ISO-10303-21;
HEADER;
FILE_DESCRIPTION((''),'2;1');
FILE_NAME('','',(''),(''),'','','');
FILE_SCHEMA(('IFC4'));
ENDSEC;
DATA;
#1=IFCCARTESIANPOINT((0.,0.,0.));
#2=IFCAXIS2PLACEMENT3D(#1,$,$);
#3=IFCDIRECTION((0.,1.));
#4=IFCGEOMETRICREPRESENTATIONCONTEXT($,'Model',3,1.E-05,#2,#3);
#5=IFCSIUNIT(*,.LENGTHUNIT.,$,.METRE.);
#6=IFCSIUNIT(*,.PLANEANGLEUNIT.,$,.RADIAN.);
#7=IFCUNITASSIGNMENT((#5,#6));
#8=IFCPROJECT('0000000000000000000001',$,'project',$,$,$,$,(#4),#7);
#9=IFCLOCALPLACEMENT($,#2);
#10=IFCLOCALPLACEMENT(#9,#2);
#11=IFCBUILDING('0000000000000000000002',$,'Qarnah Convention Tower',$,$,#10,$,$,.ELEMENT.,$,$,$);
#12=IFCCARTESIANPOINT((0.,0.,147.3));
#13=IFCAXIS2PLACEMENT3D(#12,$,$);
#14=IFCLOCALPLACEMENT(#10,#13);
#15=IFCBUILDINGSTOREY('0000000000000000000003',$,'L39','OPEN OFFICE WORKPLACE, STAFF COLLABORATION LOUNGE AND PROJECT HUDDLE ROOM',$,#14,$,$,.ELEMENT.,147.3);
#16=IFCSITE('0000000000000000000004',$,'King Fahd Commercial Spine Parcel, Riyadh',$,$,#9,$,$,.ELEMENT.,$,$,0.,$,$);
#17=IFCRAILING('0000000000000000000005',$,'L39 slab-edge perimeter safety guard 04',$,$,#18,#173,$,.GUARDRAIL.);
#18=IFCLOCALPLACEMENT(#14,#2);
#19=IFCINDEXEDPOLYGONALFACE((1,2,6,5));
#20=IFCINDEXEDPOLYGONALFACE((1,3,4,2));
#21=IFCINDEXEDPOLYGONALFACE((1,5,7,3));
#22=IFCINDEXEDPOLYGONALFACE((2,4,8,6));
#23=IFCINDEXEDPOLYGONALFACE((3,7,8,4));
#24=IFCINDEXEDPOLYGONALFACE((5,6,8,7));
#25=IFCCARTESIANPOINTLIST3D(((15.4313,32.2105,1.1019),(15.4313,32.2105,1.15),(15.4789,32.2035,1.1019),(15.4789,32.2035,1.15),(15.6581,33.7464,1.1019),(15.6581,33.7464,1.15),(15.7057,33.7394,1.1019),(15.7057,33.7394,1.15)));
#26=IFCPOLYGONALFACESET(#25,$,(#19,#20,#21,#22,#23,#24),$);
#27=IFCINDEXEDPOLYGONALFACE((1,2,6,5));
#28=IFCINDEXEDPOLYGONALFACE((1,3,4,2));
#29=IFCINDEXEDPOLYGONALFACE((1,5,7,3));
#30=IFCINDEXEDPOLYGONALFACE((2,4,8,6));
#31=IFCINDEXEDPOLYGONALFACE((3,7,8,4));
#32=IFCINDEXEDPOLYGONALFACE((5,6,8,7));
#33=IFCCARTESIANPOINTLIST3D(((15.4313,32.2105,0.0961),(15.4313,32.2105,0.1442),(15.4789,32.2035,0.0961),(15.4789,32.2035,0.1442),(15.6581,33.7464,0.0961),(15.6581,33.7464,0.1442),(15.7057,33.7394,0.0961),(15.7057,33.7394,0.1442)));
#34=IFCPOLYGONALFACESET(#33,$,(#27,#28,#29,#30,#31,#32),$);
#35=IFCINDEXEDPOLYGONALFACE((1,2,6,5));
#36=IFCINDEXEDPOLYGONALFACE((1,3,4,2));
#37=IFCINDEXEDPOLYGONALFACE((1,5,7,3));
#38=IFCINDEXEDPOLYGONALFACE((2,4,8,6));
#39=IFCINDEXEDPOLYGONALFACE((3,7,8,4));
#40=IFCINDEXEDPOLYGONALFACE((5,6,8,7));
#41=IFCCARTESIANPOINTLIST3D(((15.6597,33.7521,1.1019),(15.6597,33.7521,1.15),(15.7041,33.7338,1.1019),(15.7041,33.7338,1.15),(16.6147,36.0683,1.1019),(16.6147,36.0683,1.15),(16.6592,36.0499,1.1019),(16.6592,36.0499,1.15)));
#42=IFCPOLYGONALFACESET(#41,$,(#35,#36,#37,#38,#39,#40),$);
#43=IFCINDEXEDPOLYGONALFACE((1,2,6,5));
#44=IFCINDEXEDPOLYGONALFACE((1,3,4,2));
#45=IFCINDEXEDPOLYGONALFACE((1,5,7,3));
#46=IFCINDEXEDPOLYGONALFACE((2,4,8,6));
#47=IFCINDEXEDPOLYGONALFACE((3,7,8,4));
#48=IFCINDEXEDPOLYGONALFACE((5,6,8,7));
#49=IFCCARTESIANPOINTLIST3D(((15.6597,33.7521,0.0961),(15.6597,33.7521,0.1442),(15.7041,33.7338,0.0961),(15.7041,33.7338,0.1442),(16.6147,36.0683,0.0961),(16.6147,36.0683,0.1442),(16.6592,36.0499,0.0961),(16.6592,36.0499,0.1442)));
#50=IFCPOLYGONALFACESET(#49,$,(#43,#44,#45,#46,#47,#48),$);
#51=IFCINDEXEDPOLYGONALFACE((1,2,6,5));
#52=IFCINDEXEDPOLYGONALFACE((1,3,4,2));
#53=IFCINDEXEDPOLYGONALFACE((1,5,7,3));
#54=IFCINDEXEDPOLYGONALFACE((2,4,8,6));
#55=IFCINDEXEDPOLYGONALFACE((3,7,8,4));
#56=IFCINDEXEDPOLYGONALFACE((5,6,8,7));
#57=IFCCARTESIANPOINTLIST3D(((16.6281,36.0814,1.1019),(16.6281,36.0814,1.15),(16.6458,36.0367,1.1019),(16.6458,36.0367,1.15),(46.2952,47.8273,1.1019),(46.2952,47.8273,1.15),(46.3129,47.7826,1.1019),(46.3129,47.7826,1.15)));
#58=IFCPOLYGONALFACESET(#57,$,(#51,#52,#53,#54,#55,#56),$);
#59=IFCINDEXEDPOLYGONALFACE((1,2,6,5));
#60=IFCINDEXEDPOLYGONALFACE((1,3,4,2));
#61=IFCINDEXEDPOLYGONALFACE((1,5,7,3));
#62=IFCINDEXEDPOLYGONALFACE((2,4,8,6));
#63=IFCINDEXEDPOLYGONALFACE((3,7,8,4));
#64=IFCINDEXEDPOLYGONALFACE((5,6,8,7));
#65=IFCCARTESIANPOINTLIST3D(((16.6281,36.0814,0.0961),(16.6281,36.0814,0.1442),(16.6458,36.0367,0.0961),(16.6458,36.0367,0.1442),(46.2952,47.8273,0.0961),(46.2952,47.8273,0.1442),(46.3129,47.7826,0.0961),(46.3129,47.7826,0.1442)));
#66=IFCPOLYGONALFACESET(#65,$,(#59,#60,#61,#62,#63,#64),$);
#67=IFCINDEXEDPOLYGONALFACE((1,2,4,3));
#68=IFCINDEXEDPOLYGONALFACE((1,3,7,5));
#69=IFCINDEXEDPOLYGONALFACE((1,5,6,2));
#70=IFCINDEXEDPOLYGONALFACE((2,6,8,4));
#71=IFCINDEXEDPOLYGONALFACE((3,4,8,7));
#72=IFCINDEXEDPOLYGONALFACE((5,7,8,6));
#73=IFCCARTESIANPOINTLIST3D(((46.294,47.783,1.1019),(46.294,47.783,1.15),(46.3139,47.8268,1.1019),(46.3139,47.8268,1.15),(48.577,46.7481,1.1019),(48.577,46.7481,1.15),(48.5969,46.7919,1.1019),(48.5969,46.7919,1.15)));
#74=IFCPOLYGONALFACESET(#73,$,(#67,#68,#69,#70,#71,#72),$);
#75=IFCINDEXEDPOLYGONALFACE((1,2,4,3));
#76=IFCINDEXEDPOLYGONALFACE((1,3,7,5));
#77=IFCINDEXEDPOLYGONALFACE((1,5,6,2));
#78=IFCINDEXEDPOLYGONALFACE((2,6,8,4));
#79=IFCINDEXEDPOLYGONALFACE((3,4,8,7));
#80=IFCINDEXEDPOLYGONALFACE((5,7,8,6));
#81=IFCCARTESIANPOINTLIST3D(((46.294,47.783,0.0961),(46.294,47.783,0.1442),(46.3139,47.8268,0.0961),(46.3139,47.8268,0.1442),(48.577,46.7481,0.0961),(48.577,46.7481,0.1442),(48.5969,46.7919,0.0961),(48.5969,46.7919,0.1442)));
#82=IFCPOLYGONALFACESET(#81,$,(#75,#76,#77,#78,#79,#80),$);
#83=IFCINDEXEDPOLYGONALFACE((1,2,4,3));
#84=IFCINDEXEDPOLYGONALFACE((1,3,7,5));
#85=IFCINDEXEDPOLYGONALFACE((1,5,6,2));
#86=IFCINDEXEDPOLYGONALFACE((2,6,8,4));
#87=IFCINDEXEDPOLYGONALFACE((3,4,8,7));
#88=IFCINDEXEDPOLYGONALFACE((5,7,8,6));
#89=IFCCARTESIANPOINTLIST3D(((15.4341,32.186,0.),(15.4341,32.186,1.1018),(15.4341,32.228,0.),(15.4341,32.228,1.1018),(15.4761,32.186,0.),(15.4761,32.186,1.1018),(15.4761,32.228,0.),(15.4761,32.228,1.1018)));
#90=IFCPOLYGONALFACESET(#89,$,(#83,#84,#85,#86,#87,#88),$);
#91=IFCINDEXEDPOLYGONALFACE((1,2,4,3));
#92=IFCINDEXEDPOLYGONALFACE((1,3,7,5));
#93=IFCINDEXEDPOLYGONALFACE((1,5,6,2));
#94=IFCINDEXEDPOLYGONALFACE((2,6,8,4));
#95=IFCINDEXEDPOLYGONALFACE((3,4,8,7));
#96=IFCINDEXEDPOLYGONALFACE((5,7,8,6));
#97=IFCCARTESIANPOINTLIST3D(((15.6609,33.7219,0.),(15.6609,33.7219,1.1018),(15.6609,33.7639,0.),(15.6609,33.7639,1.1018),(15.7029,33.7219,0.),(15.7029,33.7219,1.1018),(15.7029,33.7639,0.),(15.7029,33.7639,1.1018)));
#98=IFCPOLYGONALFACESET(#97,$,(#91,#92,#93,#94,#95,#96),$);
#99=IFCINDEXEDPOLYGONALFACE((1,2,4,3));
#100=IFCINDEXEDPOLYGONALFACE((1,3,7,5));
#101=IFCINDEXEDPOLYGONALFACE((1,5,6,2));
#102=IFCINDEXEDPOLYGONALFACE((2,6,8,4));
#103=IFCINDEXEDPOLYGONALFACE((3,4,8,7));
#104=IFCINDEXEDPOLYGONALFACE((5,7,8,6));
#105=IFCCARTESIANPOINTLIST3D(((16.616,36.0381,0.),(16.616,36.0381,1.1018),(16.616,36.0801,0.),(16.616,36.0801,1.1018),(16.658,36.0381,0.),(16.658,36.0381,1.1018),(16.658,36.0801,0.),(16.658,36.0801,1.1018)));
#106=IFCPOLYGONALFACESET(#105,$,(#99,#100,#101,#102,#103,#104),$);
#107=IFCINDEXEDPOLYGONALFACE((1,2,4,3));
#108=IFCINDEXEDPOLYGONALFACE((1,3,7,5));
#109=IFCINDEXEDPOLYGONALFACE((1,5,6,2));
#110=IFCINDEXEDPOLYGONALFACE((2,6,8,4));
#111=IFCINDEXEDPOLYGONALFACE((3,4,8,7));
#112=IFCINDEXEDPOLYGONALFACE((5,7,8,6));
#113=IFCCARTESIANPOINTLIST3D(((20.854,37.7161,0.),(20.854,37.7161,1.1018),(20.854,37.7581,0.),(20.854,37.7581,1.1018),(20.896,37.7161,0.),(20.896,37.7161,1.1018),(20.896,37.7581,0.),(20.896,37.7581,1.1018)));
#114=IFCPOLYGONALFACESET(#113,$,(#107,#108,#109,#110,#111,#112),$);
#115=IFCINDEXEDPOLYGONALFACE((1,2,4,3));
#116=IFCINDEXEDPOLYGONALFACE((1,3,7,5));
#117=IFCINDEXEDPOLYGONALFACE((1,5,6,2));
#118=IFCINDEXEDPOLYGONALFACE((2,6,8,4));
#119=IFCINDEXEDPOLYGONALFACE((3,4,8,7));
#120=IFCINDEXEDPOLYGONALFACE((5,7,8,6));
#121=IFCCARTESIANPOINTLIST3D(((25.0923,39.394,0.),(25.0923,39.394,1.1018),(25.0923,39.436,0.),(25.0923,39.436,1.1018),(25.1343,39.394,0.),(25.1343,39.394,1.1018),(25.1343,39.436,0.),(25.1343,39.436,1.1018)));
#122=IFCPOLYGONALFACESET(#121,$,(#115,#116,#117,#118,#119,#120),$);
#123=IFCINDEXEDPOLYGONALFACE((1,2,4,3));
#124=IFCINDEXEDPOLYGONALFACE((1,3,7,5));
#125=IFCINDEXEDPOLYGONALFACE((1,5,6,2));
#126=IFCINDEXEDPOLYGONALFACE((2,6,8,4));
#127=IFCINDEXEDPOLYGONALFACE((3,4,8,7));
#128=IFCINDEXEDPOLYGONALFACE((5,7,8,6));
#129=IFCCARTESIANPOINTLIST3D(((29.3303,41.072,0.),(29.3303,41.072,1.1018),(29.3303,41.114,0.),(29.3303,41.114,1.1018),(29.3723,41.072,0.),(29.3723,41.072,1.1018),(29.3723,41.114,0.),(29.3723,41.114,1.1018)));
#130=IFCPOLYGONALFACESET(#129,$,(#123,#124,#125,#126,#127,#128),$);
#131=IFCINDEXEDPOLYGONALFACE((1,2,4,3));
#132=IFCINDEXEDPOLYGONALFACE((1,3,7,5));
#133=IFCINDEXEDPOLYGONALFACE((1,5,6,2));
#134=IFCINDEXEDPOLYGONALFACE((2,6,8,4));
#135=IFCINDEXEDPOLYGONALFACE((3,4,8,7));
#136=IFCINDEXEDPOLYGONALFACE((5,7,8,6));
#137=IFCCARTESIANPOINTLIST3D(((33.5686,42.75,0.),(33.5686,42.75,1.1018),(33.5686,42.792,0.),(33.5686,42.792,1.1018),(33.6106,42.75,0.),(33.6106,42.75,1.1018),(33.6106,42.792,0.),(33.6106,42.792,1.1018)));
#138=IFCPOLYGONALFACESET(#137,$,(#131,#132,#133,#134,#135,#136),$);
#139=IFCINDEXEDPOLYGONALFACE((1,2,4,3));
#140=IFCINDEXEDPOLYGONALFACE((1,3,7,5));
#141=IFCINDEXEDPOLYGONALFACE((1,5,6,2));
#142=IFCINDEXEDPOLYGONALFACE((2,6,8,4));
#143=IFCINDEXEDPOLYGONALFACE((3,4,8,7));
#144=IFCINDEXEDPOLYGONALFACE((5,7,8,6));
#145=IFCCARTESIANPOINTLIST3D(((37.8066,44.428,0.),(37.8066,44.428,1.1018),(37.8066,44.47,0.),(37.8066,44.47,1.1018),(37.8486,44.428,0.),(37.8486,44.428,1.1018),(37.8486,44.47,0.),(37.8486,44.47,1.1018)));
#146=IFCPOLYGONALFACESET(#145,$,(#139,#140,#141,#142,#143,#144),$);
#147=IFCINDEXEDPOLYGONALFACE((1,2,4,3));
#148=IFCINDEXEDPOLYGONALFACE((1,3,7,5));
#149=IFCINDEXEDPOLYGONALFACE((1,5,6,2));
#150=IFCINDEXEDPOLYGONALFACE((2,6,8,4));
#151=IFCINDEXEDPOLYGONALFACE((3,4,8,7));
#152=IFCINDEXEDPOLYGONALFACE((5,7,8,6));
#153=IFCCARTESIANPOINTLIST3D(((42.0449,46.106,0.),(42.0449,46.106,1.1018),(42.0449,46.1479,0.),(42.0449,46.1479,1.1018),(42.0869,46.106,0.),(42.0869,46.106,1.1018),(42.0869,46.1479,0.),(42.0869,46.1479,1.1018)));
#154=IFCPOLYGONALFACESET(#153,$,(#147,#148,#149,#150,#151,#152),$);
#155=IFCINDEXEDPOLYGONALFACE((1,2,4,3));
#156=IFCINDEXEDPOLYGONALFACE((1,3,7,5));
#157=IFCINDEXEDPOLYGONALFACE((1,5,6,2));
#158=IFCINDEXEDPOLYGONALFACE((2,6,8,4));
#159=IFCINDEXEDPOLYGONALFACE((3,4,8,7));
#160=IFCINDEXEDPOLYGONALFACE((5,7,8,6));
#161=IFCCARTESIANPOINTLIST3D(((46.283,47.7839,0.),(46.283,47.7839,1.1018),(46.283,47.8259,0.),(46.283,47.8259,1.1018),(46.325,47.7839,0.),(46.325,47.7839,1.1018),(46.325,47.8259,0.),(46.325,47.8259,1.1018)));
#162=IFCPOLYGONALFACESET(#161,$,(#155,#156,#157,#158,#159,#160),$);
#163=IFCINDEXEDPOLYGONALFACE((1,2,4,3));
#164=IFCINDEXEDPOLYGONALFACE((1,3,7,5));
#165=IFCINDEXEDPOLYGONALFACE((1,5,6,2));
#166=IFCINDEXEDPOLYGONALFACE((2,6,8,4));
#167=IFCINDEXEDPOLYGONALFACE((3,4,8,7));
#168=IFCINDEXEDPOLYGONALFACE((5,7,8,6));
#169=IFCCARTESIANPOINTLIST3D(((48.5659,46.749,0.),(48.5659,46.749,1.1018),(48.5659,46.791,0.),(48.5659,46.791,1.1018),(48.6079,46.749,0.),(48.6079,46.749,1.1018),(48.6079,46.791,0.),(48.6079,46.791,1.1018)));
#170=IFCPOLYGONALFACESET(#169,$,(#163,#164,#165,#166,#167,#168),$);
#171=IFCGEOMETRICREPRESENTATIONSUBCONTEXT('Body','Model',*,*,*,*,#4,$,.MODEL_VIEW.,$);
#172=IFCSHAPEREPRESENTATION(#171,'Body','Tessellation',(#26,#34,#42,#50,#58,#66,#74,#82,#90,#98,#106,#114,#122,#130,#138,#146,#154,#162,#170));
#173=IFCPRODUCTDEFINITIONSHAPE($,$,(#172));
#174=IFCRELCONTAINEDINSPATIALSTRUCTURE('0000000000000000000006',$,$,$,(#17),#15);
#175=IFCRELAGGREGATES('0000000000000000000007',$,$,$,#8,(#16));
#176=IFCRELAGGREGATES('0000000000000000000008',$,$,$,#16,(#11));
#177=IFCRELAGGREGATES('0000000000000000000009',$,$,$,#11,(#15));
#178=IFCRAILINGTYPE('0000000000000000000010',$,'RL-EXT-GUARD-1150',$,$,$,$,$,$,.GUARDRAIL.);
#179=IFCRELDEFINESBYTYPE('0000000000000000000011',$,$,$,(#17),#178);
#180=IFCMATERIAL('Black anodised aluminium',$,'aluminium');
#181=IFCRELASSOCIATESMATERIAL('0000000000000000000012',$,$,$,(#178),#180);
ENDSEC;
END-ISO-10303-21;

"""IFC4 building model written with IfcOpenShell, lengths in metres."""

from ifc_helpers import new_model, si_unit, direction, frame, origin, origin_2d, place, context, subcontext, project, spatial, rectangle, extrude, material, type_object, element, save


model = new_model("IFC4")

# Units and contexts
model_context = context("Model", 3, precision=1e-05, world=origin(), true_north=direction((0.0, 1.0)))
body_context = subcontext(model_context, "Body", "Model", "MODEL_VIEW")
ifc_project = project(units=[si_unit("LENGTHUNIT", "METRE"), si_unit("PLANEANGLEUNIT", "RADIAN")], contexts=[model_context])

# Site, building, storey
site_placement = place(None, origin())
site = spatial("IfcSite", under=ifc_project, at=site_placement, Name="King Fahd Commercial Spine Parcel, Riyadh", CompositionType="ELEMENT", RefElevation=0.0)
building_placement = place(site_placement, origin())
building = spatial("IfcBuilding", under=site, at=building_placement, Name="Qarnah Convention Tower", CompositionType="ELEMENT")
storey_placement = place(building_placement, frame((0.0, 0.0, 147.3)))
storey = spatial("IfcBuildingStorey", under=building, at=storey_placement, Name="L39", Description="OPEN OFFICE WORKPLACE, STAFF COLLABORATION LOUNGE AND PROJECT HUDDLE ROOM", CompositionType="ELEMENT", Elevation=147.3)

# Shared definitions
ifc_material_1 = material(Name="Black anodised aluminium", Category="aluminium")

# Railing
railing_type = type_object("IfcRailingType", Name="RL-EXT-GUARD-1150", PredefinedType="GUARDRAIL", material=ifc_material_1)
railing_1_placement = place(storey_placement, frame((15.4551, 32.207, 0.0)))
element("IfcRailing", 1, at=railing_1_placement, inside=storey, type_object=railing_type, Name="L39 slab-edge perimeter safety guard 04", PredefinedType="GUARDRAIL", context=body_context, shape_type="SweptSolid", body=[
    extrude(rectangle(XDim=0.0481, YDim=0.0481, at=origin_2d()), frame((0.0, 0.0, 1.126), z_axis=(0.146087, 0.989272, 0.0), x_axis=(-0.989272, 0.146087, 0.0)), (0.0, 0.0, 1.0), 1.5525),
    extrude(rectangle(XDim=0.0481, YDim=0.0481, at=origin_2d()), frame((0.0, 0.0, 0.1201), z_axis=(0.146087, 0.989272, 0.0), x_axis=(-0.989272, 0.146087, 0.0)), (0.0, 0.0, 1.0), 1.5525),
    extrude(rectangle(XDim=0.0481, YDim=0.0481, at=origin_2d()), frame((0.2268, 1.5359, 1.126), z_axis=(0.381215, 0.924486, 0.0), x_axis=(-0.924486, 0.381215, 0.0)), (0.0, 0.0, 1.0), 2.5054),
    extrude(rectangle(XDim=0.0481, YDim=0.0481, at=origin_2d()), frame((0.2268, 1.5359, 0.1201), z_axis=(0.381215, 0.924486, 0.0), x_axis=(-0.924486, 0.381215, 0.0)), (0.0, 0.0, 1.0), 2.5054),
    extrude(rectangle(XDim=0.0481, YDim=0.0481, at=origin_2d()), frame((1.1819, 3.8521, 1.126), z_axis=(0.929778, 0.368121, 0.0), x_axis=(-0.368121, 0.929778, 0.0)), (0.0, 0.0, 1.0), 31.9077),
    extrude(rectangle(XDim=0.0481, YDim=0.0481, at=origin_2d()), frame((1.1819, 3.8521, 0.1201), z_axis=(0.929778, 0.368121, 0.0), x_axis=(-0.368121, 0.929778, 0.0)), (0.0, 0.0, 1.0), 31.9077),
    extrude(rectangle(XDim=0.0481, YDim=0.0481, at=origin_2d()), frame((30.8489, 15.5979, 1.126), z_axis=(0.910786, -0.412878, 0.0), x_axis=(0.412878, 0.910786, 0.0)), (0.0, 0.0, 1.0), 2.5066),
    extrude(rectangle(XDim=0.0481, YDim=0.0481, at=origin_2d()), frame((30.8489, 15.5979, 0.1201), z_axis=(0.910786, -0.412878, 0.0), x_axis=(0.412878, 0.910786, 0.0)), (0.0, 0.0, 1.0), 2.5066),
    extrude(rectangle(XDim=0.042, YDim=0.042, at=origin_2d()), origin(), (0.0, 0.0, 1.0), 1.1018),
    extrude(rectangle(XDim=0.042, YDim=0.042, at=origin_2d()), frame((0.2268, 1.5359, 0.0)), (0.0, 0.0, 1.0), 1.1018),
    extrude(rectangle(XDim=0.042, YDim=0.042, at=origin_2d()), frame((1.1819, 3.8521, 0.0)), (0.0, 0.0, 1.0), 1.1018),
    extrude(rectangle(XDim=0.042, YDim=0.042, at=origin_2d()), frame((5.4199, 5.53, 0.0)), (0.0, 0.0, 1.0), 1.1018),
    extrude(rectangle(XDim=0.042, YDim=0.042, at=origin_2d()), frame((9.6582, 7.208, 0.0)), (0.0, 0.0, 1.0), 1.1018),
    extrude(rectangle(XDim=0.042, YDim=0.042, at=origin_2d()), frame((13.8962, 8.886, 0.0)), (0.0, 0.0, 1.0), 1.1018),
    extrude(rectangle(XDim=0.042, YDim=0.042, at=origin_2d()), frame((18.1345, 10.564, 0.0)), (0.0, 0.0, 1.0), 1.1018),
    extrude(rectangle(XDim=0.042, YDim=0.042, at=origin_2d()), frame((22.3726, 12.2419, 0.0)), (0.0, 0.0, 1.0), 1.1018),
    extrude(rectangle(XDim=0.042, YDim=0.042, at=origin_2d()), frame((26.6108, 13.9199, 0.0)), (0.0, 0.0, 1.0), 1.1018),
    extrude(rectangle(XDim=0.042, YDim=0.042, at=origin_2d()), frame((30.8489, 15.5979, 0.0)), (0.0, 0.0, 1.0), 1.1018),
    extrude(rectangle(XDim=0.042, YDim=0.042, at=origin_2d()), frame((33.1318, 14.563, 0.0)), (0.0, 0.0, 1.0), 1.1018),
])

save(model, "model.ifc")
